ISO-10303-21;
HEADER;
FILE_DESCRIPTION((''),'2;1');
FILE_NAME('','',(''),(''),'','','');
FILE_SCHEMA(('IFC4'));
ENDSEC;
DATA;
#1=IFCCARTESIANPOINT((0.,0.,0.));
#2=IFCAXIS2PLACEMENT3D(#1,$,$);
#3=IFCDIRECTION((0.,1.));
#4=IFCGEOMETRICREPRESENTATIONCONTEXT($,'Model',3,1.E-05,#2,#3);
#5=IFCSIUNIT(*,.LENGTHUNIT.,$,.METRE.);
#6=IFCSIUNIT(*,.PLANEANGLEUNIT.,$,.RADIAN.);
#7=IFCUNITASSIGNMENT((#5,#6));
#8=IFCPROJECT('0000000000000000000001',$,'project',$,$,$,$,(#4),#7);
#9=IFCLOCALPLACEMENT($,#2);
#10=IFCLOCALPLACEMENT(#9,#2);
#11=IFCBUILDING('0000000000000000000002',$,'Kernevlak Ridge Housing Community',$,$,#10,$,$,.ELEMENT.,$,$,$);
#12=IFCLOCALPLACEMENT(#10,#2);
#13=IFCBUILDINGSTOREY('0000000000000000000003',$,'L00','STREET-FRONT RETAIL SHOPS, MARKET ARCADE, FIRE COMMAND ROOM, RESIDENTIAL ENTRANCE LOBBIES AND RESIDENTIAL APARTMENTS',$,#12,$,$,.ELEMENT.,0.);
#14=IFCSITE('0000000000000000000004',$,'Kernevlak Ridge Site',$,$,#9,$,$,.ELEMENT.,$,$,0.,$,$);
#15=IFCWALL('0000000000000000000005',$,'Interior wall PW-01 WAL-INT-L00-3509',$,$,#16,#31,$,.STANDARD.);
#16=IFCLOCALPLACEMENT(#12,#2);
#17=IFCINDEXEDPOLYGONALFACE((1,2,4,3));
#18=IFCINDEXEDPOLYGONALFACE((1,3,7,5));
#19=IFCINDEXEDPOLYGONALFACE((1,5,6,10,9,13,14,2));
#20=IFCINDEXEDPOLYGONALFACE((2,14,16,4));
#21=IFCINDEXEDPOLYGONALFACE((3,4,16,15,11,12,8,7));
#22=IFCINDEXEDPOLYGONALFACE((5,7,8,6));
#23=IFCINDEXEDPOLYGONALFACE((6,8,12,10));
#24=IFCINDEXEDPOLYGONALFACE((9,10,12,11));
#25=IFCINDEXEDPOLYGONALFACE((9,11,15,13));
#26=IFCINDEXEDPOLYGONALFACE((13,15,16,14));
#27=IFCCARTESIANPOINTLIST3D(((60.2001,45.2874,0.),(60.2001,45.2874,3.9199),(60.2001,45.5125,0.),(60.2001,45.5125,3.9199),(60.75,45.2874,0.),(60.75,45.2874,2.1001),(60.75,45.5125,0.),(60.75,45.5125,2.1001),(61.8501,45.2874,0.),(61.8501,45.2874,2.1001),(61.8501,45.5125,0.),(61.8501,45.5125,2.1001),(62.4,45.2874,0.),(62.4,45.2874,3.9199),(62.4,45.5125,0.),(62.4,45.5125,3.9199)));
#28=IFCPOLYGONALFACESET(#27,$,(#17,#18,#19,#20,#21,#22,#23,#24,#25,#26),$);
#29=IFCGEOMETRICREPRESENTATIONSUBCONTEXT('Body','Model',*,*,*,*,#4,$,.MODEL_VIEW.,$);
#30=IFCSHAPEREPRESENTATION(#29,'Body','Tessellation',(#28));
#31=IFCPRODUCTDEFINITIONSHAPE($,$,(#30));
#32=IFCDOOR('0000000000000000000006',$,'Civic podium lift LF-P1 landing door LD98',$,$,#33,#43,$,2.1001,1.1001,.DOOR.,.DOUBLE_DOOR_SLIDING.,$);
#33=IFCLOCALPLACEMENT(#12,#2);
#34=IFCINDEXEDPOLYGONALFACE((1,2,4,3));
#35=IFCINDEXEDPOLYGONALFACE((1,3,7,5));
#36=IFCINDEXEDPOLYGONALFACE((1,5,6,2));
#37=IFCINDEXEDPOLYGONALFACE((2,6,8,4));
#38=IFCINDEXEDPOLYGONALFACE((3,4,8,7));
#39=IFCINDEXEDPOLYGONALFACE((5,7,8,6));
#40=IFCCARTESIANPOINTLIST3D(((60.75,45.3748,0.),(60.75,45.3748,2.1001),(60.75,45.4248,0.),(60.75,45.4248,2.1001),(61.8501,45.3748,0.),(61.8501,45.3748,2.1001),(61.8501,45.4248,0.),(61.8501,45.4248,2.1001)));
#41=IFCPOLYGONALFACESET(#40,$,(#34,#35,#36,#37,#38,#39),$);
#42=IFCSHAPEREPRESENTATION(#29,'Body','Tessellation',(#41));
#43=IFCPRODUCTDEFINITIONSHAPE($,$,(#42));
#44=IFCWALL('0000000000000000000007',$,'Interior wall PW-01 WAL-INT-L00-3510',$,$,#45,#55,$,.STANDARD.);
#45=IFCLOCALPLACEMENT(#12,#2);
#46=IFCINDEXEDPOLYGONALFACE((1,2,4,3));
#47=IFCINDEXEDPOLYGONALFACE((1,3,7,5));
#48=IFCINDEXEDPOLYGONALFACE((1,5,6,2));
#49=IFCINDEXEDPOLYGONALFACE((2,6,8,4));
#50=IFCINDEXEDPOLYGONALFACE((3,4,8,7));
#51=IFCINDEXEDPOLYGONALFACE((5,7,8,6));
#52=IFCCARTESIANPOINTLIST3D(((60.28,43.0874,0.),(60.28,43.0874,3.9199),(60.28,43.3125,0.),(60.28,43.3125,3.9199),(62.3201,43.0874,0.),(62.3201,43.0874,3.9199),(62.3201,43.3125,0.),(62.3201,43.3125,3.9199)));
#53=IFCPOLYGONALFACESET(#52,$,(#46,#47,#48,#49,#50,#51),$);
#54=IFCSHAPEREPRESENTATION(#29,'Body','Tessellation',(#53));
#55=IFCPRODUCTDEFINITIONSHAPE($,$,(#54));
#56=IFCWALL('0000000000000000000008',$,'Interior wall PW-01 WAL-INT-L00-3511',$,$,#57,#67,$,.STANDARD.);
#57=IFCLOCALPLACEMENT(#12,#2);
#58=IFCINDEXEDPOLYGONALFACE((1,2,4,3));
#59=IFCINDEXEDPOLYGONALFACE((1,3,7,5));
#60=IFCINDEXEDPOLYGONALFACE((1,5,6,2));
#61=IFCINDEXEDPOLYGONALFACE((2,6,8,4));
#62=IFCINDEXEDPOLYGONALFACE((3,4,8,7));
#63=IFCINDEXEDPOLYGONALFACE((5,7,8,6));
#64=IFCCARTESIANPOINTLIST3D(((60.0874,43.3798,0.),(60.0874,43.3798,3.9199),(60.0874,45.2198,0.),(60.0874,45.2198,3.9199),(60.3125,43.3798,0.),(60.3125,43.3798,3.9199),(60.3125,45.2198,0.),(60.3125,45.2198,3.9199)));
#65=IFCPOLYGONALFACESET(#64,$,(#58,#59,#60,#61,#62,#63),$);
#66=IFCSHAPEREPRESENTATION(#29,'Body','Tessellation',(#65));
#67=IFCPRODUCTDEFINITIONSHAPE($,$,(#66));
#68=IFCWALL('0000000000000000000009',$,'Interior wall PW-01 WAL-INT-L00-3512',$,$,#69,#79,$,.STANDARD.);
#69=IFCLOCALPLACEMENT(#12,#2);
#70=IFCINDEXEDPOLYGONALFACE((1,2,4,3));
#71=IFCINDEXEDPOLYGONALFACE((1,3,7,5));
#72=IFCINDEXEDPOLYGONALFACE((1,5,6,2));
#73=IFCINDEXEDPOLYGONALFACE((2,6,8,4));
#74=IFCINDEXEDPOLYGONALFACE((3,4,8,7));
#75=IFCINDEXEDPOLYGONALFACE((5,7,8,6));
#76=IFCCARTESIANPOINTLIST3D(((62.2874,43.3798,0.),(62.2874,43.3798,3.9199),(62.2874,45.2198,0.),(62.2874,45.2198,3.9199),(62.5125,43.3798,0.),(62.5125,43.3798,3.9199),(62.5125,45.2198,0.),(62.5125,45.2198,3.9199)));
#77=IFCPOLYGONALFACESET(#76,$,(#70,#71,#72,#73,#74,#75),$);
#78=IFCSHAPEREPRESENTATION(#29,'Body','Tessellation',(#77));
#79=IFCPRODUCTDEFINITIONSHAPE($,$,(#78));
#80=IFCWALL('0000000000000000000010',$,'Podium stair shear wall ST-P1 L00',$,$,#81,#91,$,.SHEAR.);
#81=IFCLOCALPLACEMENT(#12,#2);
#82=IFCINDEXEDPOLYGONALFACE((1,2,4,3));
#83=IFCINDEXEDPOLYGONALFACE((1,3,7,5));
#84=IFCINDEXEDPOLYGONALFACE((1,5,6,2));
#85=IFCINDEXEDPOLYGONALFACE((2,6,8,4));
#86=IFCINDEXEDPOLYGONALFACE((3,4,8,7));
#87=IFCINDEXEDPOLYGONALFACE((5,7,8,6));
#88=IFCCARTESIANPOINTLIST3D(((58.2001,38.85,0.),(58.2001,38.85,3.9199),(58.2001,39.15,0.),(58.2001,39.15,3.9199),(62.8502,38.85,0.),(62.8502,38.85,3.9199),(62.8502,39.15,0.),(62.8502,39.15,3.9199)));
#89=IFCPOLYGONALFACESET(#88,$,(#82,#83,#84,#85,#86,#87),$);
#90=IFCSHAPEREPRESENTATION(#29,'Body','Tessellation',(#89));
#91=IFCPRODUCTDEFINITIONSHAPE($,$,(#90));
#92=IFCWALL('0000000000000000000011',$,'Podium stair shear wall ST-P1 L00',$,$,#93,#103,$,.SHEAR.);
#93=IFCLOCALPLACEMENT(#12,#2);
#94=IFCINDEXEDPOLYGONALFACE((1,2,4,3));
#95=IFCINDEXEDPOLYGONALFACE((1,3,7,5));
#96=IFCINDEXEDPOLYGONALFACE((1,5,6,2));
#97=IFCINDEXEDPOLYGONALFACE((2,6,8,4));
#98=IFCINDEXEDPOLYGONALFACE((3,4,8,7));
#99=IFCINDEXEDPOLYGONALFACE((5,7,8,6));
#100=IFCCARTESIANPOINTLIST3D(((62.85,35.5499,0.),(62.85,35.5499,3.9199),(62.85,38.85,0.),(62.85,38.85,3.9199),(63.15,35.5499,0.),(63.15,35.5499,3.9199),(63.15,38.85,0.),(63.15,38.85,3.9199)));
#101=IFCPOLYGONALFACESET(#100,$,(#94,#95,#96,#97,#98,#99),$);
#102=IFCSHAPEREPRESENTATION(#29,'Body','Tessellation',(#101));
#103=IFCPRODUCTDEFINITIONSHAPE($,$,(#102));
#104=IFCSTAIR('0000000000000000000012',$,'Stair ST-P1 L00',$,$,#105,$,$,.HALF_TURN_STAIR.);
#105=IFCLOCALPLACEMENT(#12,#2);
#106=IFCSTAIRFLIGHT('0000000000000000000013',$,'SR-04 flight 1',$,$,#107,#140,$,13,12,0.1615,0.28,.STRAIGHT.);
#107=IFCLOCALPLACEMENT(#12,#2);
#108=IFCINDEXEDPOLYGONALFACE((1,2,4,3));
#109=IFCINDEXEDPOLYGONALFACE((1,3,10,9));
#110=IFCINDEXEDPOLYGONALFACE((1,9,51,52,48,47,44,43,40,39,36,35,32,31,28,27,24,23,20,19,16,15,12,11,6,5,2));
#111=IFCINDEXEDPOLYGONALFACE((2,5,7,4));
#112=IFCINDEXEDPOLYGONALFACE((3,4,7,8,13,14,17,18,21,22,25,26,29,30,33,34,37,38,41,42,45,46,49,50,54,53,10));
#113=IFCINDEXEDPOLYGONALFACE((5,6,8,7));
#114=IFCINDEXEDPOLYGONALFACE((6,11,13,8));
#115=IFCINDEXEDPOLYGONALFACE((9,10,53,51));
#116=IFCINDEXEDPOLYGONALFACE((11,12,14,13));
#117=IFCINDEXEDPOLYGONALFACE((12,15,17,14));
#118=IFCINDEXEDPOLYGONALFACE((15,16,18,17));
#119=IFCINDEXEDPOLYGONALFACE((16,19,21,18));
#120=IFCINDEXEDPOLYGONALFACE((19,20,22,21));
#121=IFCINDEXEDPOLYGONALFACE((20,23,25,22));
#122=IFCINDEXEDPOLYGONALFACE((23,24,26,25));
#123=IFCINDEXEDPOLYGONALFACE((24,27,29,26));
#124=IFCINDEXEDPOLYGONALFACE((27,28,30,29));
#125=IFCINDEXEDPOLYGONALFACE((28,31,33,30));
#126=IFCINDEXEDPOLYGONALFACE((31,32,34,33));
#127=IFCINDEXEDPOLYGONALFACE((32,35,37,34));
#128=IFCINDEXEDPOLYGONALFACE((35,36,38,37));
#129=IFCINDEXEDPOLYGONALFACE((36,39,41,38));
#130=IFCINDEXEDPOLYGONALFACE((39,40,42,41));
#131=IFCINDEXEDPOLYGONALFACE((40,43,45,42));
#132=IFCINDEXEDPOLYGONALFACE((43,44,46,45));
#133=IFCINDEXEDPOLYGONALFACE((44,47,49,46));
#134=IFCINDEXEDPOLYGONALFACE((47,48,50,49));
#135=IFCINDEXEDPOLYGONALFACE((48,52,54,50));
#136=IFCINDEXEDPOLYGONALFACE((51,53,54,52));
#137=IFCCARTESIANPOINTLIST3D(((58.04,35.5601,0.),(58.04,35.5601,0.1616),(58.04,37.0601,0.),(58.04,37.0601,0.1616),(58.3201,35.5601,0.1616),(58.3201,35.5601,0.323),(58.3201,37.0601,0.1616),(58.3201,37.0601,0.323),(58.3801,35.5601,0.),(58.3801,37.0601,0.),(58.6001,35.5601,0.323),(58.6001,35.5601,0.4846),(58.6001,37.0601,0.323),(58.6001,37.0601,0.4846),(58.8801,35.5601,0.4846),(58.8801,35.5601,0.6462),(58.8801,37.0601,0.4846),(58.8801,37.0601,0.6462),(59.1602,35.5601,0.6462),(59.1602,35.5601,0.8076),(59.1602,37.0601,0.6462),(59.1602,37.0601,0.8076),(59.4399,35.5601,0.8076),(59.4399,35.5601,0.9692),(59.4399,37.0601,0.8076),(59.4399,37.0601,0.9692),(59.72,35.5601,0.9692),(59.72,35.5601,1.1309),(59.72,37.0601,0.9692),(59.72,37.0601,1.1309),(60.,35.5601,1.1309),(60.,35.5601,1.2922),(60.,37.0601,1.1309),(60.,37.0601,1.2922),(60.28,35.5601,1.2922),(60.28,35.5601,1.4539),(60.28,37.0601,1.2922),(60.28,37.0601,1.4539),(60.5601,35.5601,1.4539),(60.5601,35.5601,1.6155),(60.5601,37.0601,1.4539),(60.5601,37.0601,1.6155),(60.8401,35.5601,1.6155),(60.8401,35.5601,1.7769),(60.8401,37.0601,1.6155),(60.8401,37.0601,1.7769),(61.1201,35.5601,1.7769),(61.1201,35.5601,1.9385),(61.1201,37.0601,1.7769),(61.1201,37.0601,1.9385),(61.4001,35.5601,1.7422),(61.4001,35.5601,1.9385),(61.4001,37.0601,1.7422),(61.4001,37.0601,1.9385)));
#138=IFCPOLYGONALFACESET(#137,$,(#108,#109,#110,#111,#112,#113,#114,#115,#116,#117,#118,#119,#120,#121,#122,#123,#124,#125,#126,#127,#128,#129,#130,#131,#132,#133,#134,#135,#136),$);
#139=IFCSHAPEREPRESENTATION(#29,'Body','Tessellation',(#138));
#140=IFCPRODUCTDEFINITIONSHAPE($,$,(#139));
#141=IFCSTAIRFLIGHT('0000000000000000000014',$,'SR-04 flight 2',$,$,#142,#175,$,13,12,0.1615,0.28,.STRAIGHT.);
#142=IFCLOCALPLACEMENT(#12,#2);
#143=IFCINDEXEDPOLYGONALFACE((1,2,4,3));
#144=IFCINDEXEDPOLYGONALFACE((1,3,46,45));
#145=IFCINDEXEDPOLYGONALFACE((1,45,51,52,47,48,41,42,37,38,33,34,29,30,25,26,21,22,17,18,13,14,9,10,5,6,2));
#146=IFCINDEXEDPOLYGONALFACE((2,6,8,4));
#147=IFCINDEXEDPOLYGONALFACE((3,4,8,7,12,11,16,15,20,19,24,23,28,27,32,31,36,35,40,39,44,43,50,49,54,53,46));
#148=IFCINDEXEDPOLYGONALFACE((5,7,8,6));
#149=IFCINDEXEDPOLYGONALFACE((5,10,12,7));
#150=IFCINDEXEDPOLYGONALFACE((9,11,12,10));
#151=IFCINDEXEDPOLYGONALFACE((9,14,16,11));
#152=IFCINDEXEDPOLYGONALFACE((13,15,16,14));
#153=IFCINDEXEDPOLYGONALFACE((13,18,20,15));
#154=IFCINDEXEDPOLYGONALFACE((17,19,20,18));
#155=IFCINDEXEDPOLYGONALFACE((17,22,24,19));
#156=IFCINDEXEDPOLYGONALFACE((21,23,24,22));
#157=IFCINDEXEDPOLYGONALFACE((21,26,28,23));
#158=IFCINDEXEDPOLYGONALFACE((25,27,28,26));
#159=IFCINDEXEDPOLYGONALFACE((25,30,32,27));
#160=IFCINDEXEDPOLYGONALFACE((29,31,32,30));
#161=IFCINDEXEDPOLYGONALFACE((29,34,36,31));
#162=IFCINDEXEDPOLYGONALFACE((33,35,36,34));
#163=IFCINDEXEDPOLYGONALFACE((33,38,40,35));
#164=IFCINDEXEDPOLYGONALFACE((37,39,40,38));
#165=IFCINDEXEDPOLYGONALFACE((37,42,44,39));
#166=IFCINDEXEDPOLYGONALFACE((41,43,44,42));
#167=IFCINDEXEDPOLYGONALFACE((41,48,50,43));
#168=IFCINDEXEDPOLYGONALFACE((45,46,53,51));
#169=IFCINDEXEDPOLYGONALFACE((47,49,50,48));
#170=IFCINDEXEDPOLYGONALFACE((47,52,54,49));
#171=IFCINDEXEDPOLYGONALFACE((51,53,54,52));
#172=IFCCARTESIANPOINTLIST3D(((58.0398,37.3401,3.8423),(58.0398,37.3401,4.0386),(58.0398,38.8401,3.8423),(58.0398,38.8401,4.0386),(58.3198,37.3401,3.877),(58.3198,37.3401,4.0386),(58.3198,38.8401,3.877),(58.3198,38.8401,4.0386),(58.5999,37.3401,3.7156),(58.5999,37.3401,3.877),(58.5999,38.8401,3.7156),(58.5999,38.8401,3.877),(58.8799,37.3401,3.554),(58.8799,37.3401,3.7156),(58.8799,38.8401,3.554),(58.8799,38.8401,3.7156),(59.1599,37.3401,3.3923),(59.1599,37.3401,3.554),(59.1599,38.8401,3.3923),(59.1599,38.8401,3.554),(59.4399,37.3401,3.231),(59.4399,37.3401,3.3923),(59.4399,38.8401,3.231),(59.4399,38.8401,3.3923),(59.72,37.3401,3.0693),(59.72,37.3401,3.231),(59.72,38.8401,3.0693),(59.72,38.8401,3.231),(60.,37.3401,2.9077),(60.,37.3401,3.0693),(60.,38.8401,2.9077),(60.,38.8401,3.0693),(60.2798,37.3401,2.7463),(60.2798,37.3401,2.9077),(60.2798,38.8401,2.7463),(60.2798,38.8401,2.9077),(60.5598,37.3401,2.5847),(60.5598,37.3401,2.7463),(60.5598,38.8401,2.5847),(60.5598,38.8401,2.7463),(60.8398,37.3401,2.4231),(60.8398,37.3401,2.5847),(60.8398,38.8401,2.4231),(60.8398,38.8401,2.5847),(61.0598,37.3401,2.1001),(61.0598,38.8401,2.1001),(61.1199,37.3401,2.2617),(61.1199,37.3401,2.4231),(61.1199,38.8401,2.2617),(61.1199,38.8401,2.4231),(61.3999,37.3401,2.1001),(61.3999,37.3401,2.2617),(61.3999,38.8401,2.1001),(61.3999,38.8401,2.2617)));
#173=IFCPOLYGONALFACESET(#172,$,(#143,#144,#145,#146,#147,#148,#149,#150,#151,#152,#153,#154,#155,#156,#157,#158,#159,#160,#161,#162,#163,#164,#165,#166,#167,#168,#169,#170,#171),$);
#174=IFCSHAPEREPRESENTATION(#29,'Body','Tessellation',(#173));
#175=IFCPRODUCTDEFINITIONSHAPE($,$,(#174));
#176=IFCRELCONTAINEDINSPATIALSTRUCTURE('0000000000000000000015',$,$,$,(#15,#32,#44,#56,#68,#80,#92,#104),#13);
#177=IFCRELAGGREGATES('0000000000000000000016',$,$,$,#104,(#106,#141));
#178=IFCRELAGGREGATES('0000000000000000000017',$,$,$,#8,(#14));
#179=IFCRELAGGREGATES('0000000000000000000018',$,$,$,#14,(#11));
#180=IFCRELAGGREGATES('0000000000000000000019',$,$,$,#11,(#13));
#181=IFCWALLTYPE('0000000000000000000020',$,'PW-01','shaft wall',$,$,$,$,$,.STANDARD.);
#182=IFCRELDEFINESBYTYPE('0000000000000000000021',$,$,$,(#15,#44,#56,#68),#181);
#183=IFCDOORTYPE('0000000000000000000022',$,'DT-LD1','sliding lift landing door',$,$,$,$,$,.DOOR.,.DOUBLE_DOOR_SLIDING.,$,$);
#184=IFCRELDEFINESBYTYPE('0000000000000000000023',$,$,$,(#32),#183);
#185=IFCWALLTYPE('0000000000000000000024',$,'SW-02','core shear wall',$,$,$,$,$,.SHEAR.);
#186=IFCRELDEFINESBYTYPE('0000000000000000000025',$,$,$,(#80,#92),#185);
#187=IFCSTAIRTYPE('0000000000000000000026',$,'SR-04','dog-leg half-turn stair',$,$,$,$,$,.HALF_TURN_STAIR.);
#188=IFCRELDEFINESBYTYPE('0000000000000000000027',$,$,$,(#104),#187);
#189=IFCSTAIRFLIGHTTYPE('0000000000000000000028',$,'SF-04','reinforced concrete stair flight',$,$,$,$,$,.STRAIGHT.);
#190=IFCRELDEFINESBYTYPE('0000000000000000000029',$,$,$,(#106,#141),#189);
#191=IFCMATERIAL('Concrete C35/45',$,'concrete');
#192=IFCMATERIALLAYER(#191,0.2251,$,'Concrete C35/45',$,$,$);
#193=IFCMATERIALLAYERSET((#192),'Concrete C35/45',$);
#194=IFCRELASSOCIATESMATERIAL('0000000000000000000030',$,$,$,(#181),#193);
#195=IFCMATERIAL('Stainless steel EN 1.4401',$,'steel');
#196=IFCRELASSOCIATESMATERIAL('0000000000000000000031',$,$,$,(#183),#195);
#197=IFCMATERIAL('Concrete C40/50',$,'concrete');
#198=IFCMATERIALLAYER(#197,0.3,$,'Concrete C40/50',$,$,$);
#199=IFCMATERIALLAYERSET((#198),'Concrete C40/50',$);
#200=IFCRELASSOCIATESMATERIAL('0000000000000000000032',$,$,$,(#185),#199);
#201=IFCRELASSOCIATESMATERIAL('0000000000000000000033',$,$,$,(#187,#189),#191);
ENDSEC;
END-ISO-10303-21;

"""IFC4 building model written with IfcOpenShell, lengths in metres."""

from ifc_helpers import new_model, si_unit, direction, frame, frame_2d, origin, place, context, subcontext, project, spatial, polyline, rectangle, outline, extrude, material, layer, layer_set, type_object, element, fill, aggregate, save


model = new_model("IFC4")

# Units and contexts
model_context = context("Model", 3, precision=1e-05, world=origin(), true_north=direction((0.0, 1.0)))
body_context = subcontext(model_context, "Body", "Model", "MODEL_VIEW")
ifc_project = project(units=[si_unit("LENGTHUNIT", "METRE"), si_unit("PLANEANGLEUNIT", "RADIAN")], contexts=[model_context])

# Site, building, storey
site_placement = place(None, origin())
site = spatial("IfcSite", under=ifc_project, at=site_placement, Name="Kernevlak Ridge Site", CompositionType="ELEMENT", RefElevation=0.0)
building_placement = place(site_placement, origin())
building = spatial("IfcBuilding", under=site, at=building_placement, Name="Kernevlak Ridge Housing Community", CompositionType="ELEMENT")
storey_placement = place(building_placement, origin())
storey = spatial("IfcBuildingStorey", under=building, at=storey_placement, Name="L00", Description="STREET-FRONT RETAIL SHOPS, MARKET ARCADE, FIRE COMMAND ROOM, RESIDENTIAL ENTRANCE LOBBIES AND RESIDENTIAL APARTMENTS", CompositionType="ELEMENT", Elevation=0.0)

# Shared definitions
ifc_material_1 = material(Name="Concrete C35/45", Category="concrete")

# Wall, opening, door
ifc_layer_1 = layer(ifc_material_1, 0.2251, Name="Concrete C35/45")
ifc_layer_set_1 = layer_set([ifc_layer_1], Name="Concrete C35/45")
wall_type_1 = type_object("IfcWallType", Name="PW-01", Description="shaft wall", PredefinedType="STANDARD", material=ifc_layer_set_1)
wall_1_placement = place(storey_placement, frame((60.2, 45.3999, 0.0), z_axis=(0.0, 0.0, 1.0), x_axis=(1.0, 0.0, 0.0)))
wall_1 = element("IfcWall", 1, at=wall_1_placement, inside=storey, type_object=wall_type_1, Name="Interior wall PW-01 WAL-INT-L00-3509", PredefinedType="STANDARD", context=body_context, shape_type="SweptSolid", body=[
    extrude(rectangle(XDim=2.2, YDim=0.2251, at=frame_2d((1.1001, 0.0))), origin(), (0.0, 0.0, 1.0), 3.9199),
])
opening_1_placement = place(wall_1_placement, frame((0.55, 0.0, 0.0)))
opening_1 = element("IfcOpeningElement", 2, at=opening_1_placement, cuts=wall_1, PredefinedType="OPENING", context=body_context, shape_type="SweptSolid", body=[
    extrude(rectangle(XDim=1.1001, YDim=2.1001, at=frame_2d((0.55, 1.05))), frame((0.0, 0.1226, 0.0), z_axis=(0.0, -1.0, 0.0), x_axis=(1.0, 0.0, 0.0)), (0.0, 0.0, 1.0), 0.2451),
])
ifc_material_2 = material(Name="Stainless steel EN 1.4401", Category="steel")
door_type_1 = type_object("IfcDoorType", Name="DT-LD1", Description="sliding lift landing door", OperationType="DOUBLE_DOOR_SLIDING", PredefinedType="DOOR", material=ifc_material_2)
door_1_placement = place(opening_1_placement, origin())
door_1 = element("IfcDoor", 3, at=door_1_placement, inside=storey, type_object=door_type_1, Name="Civic podium lift LF-P1 landing door LD98", OperationType="DOUBLE_DOOR_SLIDING", OverallHeight=2.1001, OverallWidth=1.1001, PredefinedType="DOOR", context=body_context, shape_type="SweptSolid", body=[
    extrude(rectangle(XDim=1.1001, YDim=2.1001, at=frame_2d((0.55, 1.05))), frame((0.0, 0.0249, 0.0), z_axis=(0.0, -1.0, 0.0), x_axis=(1.0, 0.0, 0.0)), (0.0, 0.0, 1.0), 0.05),
])
fill(opening_1, door_1)

# Walls
wall_2_placement = place(storey_placement, frame((60.28, 43.2, 0.0), z_axis=(0.0, 0.0, 1.0), x_axis=(1.0, 0.0, 0.0)))
element("IfcWall", 4, at=wall_2_placement, inside=storey, type_object=wall_type_1, Name="Interior wall PW-01 WAL-INT-L00-3510", PredefinedType="STANDARD", context=body_context, shape_type="SweptSolid", body=[
    extrude(rectangle(XDim=2.04, YDim=0.2251, at=frame_2d((1.02, 0.0))), origin(), (0.0, 0.0, 1.0), 3.9199),
])
for number, where, z_axis, x_axis, name in (
    (5, (60.2, 43.3799, 0.0), (0.0, 0.0, 1.0), (0.0, 1.0, 0.0), "Interior wall PW-01 WAL-INT-L00-3511"),
    (6, (62.3999, 43.3799, 0.0), (0.0, 0.0, 1.0), (0.0, 1.0, 0.0), "Interior wall PW-01 WAL-INT-L00-3512"),
):
    element("IfcWall", number, at=place(storey_placement, frame(where, z_axis=z_axis, x_axis=x_axis)), inside=storey, type_object=wall_type_1, Name=name, PredefinedType="STANDARD", context=body_context, shape_type="SweptSolid", body=[
        extrude(rectangle(XDim=1.8401, YDim=0.2251, at=frame_2d((0.9199, 0.0))), origin(), (0.0, 0.0, 1.0), 3.9199),
    ])
ifc_material_3 = material(Name="Concrete C40/50", Category="concrete")
ifc_layer_2 = layer(ifc_material_3, 0.3, Name="Concrete C40/50")
ifc_layer_set_2 = layer_set([ifc_layer_2], Name="Concrete C40/50")
wall_type_2 = type_object("IfcWallType", Name="SW-02", Description="core shear wall", PredefinedType="SHEAR", material=ifc_layer_set_2)
wall_3_placement = place(storey_placement, frame((58.2, 39.0, 0.0), z_axis=(0.0, 0.0, 1.0), x_axis=(1.0, 0.0, 0.0)))
element("IfcWall", 7, at=wall_3_placement, inside=storey, type_object=wall_type_2, Name="Podium stair shear wall ST-P1 L00", PredefinedType="SHEAR", context=body_context, shape_type="SweptSolid", body=[
    extrude(rectangle(XDim=4.6501, YDim=0.3, at=frame_2d((2.3252, 0.0))), origin(), (0.0, 0.0, 1.0), 3.9199),
])
wall_4_placement = place(storey_placement, frame((63.0, 35.55, 0.0), z_axis=(0.0, 0.0, 1.0), x_axis=(0.0, 1.0, 0.0)))
element("IfcWall", 8, at=wall_4_placement, inside=storey, type_object=wall_type_2, Name="Podium stair shear wall ST-P1 L00", PredefinedType="SHEAR", context=body_context, shape_type="SweptSolid", body=[
    extrude(rectangle(XDim=3.3, YDim=0.3, at=frame_2d((1.6499, 0.0))), origin(), (0.0, 0.0, 1.0), 3.9199),
])

# Stair, stair flights
stair_type = type_object("IfcStairType", Name="SR-04", Description="dog-leg half-turn stair", PredefinedType="HALF_TURN_STAIR", material=ifc_material_1)
stair_placement = place(storey_placement, origin())
stair = element("IfcStair", 9, at=stair_placement, inside=storey, type_object=stair_type, Name="Stair ST-P1 L00", PredefinedType="HALF_TURN_STAIR")
stair_flight_type = type_object("IfcStairFlightType", Name="SF-04", Description="reinforced concrete stair flight", PredefinedType="STRAIGHT", material=ifc_material_1)
stair_flight_1_placement = place(storey_placement, frame((58.04, 36.3101, 0.0), z_axis=(0.0, 0.0, 1.0), x_axis=(1.0, 0.0, 0.0)))
stair_flight_1 = element("IfcStairFlight", 10, at=stair_flight_1_placement, type_object=stair_flight_type, Name="SR-04 flight 1", NumberOfRisers=13, NumberOfTreads=12, PredefinedType="STRAIGHT", RiserHeight=0.1615, TreadLength=0.28, context=body_context, shape_type="SweptSolid", body=[
    extrude(outline(polyline([(0.0, 0.0), (0.0, 0.1616), (0.28, 0.1616), (0.28, 0.323), (0.5601, 0.323), (0.5601, 0.4846), (0.8401, 0.4846), (0.8401, 0.6462), (1.1201, 0.6462), (1.1201, 0.8076), (1.3999, 0.8076), (1.3999, 0.9692), (1.6799, 0.9692), (1.6799, 1.1309), (1.96, 1.1309), (1.96, 1.2922), (2.24, 1.2922), (2.24, 1.4539), (2.52, 1.4539), (2.52, 1.6155), (2.8, 1.6155), (2.8, 1.7769), (3.0801, 1.7769), (3.0801, 1.9385), (3.3601, 1.9385), (3.3601, 2.1001), (3.3601, 1.7422), (0.3401, 0.0), (0.0, 0.0)])), frame((0.0, 0.75, 0.0), z_axis=(0.0, -1.0, 0.0), x_axis=(1.0, 0.0, 0.0)), (0.0, 0.0, 1.0), 1.5),
])
stair_flight_2_placement = place(storey_placement, frame((61.3999, 38.0901, 2.1001), z_axis=(0.0, 0.0, 1.0), x_axis=(-1.0, 0.0, 0.0)))
stair_flight_2 = element("IfcStairFlight", 11, at=stair_flight_2_placement, type_object=stair_flight_type, Name="SR-04 flight 2", NumberOfRisers=13, NumberOfTreads=12, PredefinedType="STRAIGHT", RiserHeight=0.1615, TreadLength=0.28, context=body_context, shape_type="SweptSolid", body=[
    extrude(outline(polyline([(0.0, 0.0), (0.0, 0.1616), (0.28, 0.1616), (0.28, 0.323), (0.5601, 0.323), (0.5601, 0.4846), (0.8401, 0.4846), (0.8401, 0.6462), (1.1201, 0.6462), (1.1201, 0.8076), (1.3999, 0.8076), (1.3999, 0.9692), (1.6799, 0.9692), (1.6799, 1.1309), (1.96, 1.1309), (1.96, 1.2922), (2.24, 1.2922), (2.24, 1.4539), (2.52, 1.4539), (2.52, 1.6155), (2.8, 1.6155), (2.8, 1.7769), (3.0801, 1.7769), (3.0801, 1.9385), (3.3601, 1.9385), (3.3601, 2.1001), (3.3601, 1.7422), (0.3401, 0.0), (0.0, 0.0)])), frame((0.0, 0.75, 0.0), z_axis=(0.0, -1.0, 0.0), x_axis=(1.0, 0.0, 0.0)), (0.0, 0.0, 1.0), 1.5),
])
aggregate(stair, [stair_flight_1, stair_flight_2])

save(model, "model.ifc")
